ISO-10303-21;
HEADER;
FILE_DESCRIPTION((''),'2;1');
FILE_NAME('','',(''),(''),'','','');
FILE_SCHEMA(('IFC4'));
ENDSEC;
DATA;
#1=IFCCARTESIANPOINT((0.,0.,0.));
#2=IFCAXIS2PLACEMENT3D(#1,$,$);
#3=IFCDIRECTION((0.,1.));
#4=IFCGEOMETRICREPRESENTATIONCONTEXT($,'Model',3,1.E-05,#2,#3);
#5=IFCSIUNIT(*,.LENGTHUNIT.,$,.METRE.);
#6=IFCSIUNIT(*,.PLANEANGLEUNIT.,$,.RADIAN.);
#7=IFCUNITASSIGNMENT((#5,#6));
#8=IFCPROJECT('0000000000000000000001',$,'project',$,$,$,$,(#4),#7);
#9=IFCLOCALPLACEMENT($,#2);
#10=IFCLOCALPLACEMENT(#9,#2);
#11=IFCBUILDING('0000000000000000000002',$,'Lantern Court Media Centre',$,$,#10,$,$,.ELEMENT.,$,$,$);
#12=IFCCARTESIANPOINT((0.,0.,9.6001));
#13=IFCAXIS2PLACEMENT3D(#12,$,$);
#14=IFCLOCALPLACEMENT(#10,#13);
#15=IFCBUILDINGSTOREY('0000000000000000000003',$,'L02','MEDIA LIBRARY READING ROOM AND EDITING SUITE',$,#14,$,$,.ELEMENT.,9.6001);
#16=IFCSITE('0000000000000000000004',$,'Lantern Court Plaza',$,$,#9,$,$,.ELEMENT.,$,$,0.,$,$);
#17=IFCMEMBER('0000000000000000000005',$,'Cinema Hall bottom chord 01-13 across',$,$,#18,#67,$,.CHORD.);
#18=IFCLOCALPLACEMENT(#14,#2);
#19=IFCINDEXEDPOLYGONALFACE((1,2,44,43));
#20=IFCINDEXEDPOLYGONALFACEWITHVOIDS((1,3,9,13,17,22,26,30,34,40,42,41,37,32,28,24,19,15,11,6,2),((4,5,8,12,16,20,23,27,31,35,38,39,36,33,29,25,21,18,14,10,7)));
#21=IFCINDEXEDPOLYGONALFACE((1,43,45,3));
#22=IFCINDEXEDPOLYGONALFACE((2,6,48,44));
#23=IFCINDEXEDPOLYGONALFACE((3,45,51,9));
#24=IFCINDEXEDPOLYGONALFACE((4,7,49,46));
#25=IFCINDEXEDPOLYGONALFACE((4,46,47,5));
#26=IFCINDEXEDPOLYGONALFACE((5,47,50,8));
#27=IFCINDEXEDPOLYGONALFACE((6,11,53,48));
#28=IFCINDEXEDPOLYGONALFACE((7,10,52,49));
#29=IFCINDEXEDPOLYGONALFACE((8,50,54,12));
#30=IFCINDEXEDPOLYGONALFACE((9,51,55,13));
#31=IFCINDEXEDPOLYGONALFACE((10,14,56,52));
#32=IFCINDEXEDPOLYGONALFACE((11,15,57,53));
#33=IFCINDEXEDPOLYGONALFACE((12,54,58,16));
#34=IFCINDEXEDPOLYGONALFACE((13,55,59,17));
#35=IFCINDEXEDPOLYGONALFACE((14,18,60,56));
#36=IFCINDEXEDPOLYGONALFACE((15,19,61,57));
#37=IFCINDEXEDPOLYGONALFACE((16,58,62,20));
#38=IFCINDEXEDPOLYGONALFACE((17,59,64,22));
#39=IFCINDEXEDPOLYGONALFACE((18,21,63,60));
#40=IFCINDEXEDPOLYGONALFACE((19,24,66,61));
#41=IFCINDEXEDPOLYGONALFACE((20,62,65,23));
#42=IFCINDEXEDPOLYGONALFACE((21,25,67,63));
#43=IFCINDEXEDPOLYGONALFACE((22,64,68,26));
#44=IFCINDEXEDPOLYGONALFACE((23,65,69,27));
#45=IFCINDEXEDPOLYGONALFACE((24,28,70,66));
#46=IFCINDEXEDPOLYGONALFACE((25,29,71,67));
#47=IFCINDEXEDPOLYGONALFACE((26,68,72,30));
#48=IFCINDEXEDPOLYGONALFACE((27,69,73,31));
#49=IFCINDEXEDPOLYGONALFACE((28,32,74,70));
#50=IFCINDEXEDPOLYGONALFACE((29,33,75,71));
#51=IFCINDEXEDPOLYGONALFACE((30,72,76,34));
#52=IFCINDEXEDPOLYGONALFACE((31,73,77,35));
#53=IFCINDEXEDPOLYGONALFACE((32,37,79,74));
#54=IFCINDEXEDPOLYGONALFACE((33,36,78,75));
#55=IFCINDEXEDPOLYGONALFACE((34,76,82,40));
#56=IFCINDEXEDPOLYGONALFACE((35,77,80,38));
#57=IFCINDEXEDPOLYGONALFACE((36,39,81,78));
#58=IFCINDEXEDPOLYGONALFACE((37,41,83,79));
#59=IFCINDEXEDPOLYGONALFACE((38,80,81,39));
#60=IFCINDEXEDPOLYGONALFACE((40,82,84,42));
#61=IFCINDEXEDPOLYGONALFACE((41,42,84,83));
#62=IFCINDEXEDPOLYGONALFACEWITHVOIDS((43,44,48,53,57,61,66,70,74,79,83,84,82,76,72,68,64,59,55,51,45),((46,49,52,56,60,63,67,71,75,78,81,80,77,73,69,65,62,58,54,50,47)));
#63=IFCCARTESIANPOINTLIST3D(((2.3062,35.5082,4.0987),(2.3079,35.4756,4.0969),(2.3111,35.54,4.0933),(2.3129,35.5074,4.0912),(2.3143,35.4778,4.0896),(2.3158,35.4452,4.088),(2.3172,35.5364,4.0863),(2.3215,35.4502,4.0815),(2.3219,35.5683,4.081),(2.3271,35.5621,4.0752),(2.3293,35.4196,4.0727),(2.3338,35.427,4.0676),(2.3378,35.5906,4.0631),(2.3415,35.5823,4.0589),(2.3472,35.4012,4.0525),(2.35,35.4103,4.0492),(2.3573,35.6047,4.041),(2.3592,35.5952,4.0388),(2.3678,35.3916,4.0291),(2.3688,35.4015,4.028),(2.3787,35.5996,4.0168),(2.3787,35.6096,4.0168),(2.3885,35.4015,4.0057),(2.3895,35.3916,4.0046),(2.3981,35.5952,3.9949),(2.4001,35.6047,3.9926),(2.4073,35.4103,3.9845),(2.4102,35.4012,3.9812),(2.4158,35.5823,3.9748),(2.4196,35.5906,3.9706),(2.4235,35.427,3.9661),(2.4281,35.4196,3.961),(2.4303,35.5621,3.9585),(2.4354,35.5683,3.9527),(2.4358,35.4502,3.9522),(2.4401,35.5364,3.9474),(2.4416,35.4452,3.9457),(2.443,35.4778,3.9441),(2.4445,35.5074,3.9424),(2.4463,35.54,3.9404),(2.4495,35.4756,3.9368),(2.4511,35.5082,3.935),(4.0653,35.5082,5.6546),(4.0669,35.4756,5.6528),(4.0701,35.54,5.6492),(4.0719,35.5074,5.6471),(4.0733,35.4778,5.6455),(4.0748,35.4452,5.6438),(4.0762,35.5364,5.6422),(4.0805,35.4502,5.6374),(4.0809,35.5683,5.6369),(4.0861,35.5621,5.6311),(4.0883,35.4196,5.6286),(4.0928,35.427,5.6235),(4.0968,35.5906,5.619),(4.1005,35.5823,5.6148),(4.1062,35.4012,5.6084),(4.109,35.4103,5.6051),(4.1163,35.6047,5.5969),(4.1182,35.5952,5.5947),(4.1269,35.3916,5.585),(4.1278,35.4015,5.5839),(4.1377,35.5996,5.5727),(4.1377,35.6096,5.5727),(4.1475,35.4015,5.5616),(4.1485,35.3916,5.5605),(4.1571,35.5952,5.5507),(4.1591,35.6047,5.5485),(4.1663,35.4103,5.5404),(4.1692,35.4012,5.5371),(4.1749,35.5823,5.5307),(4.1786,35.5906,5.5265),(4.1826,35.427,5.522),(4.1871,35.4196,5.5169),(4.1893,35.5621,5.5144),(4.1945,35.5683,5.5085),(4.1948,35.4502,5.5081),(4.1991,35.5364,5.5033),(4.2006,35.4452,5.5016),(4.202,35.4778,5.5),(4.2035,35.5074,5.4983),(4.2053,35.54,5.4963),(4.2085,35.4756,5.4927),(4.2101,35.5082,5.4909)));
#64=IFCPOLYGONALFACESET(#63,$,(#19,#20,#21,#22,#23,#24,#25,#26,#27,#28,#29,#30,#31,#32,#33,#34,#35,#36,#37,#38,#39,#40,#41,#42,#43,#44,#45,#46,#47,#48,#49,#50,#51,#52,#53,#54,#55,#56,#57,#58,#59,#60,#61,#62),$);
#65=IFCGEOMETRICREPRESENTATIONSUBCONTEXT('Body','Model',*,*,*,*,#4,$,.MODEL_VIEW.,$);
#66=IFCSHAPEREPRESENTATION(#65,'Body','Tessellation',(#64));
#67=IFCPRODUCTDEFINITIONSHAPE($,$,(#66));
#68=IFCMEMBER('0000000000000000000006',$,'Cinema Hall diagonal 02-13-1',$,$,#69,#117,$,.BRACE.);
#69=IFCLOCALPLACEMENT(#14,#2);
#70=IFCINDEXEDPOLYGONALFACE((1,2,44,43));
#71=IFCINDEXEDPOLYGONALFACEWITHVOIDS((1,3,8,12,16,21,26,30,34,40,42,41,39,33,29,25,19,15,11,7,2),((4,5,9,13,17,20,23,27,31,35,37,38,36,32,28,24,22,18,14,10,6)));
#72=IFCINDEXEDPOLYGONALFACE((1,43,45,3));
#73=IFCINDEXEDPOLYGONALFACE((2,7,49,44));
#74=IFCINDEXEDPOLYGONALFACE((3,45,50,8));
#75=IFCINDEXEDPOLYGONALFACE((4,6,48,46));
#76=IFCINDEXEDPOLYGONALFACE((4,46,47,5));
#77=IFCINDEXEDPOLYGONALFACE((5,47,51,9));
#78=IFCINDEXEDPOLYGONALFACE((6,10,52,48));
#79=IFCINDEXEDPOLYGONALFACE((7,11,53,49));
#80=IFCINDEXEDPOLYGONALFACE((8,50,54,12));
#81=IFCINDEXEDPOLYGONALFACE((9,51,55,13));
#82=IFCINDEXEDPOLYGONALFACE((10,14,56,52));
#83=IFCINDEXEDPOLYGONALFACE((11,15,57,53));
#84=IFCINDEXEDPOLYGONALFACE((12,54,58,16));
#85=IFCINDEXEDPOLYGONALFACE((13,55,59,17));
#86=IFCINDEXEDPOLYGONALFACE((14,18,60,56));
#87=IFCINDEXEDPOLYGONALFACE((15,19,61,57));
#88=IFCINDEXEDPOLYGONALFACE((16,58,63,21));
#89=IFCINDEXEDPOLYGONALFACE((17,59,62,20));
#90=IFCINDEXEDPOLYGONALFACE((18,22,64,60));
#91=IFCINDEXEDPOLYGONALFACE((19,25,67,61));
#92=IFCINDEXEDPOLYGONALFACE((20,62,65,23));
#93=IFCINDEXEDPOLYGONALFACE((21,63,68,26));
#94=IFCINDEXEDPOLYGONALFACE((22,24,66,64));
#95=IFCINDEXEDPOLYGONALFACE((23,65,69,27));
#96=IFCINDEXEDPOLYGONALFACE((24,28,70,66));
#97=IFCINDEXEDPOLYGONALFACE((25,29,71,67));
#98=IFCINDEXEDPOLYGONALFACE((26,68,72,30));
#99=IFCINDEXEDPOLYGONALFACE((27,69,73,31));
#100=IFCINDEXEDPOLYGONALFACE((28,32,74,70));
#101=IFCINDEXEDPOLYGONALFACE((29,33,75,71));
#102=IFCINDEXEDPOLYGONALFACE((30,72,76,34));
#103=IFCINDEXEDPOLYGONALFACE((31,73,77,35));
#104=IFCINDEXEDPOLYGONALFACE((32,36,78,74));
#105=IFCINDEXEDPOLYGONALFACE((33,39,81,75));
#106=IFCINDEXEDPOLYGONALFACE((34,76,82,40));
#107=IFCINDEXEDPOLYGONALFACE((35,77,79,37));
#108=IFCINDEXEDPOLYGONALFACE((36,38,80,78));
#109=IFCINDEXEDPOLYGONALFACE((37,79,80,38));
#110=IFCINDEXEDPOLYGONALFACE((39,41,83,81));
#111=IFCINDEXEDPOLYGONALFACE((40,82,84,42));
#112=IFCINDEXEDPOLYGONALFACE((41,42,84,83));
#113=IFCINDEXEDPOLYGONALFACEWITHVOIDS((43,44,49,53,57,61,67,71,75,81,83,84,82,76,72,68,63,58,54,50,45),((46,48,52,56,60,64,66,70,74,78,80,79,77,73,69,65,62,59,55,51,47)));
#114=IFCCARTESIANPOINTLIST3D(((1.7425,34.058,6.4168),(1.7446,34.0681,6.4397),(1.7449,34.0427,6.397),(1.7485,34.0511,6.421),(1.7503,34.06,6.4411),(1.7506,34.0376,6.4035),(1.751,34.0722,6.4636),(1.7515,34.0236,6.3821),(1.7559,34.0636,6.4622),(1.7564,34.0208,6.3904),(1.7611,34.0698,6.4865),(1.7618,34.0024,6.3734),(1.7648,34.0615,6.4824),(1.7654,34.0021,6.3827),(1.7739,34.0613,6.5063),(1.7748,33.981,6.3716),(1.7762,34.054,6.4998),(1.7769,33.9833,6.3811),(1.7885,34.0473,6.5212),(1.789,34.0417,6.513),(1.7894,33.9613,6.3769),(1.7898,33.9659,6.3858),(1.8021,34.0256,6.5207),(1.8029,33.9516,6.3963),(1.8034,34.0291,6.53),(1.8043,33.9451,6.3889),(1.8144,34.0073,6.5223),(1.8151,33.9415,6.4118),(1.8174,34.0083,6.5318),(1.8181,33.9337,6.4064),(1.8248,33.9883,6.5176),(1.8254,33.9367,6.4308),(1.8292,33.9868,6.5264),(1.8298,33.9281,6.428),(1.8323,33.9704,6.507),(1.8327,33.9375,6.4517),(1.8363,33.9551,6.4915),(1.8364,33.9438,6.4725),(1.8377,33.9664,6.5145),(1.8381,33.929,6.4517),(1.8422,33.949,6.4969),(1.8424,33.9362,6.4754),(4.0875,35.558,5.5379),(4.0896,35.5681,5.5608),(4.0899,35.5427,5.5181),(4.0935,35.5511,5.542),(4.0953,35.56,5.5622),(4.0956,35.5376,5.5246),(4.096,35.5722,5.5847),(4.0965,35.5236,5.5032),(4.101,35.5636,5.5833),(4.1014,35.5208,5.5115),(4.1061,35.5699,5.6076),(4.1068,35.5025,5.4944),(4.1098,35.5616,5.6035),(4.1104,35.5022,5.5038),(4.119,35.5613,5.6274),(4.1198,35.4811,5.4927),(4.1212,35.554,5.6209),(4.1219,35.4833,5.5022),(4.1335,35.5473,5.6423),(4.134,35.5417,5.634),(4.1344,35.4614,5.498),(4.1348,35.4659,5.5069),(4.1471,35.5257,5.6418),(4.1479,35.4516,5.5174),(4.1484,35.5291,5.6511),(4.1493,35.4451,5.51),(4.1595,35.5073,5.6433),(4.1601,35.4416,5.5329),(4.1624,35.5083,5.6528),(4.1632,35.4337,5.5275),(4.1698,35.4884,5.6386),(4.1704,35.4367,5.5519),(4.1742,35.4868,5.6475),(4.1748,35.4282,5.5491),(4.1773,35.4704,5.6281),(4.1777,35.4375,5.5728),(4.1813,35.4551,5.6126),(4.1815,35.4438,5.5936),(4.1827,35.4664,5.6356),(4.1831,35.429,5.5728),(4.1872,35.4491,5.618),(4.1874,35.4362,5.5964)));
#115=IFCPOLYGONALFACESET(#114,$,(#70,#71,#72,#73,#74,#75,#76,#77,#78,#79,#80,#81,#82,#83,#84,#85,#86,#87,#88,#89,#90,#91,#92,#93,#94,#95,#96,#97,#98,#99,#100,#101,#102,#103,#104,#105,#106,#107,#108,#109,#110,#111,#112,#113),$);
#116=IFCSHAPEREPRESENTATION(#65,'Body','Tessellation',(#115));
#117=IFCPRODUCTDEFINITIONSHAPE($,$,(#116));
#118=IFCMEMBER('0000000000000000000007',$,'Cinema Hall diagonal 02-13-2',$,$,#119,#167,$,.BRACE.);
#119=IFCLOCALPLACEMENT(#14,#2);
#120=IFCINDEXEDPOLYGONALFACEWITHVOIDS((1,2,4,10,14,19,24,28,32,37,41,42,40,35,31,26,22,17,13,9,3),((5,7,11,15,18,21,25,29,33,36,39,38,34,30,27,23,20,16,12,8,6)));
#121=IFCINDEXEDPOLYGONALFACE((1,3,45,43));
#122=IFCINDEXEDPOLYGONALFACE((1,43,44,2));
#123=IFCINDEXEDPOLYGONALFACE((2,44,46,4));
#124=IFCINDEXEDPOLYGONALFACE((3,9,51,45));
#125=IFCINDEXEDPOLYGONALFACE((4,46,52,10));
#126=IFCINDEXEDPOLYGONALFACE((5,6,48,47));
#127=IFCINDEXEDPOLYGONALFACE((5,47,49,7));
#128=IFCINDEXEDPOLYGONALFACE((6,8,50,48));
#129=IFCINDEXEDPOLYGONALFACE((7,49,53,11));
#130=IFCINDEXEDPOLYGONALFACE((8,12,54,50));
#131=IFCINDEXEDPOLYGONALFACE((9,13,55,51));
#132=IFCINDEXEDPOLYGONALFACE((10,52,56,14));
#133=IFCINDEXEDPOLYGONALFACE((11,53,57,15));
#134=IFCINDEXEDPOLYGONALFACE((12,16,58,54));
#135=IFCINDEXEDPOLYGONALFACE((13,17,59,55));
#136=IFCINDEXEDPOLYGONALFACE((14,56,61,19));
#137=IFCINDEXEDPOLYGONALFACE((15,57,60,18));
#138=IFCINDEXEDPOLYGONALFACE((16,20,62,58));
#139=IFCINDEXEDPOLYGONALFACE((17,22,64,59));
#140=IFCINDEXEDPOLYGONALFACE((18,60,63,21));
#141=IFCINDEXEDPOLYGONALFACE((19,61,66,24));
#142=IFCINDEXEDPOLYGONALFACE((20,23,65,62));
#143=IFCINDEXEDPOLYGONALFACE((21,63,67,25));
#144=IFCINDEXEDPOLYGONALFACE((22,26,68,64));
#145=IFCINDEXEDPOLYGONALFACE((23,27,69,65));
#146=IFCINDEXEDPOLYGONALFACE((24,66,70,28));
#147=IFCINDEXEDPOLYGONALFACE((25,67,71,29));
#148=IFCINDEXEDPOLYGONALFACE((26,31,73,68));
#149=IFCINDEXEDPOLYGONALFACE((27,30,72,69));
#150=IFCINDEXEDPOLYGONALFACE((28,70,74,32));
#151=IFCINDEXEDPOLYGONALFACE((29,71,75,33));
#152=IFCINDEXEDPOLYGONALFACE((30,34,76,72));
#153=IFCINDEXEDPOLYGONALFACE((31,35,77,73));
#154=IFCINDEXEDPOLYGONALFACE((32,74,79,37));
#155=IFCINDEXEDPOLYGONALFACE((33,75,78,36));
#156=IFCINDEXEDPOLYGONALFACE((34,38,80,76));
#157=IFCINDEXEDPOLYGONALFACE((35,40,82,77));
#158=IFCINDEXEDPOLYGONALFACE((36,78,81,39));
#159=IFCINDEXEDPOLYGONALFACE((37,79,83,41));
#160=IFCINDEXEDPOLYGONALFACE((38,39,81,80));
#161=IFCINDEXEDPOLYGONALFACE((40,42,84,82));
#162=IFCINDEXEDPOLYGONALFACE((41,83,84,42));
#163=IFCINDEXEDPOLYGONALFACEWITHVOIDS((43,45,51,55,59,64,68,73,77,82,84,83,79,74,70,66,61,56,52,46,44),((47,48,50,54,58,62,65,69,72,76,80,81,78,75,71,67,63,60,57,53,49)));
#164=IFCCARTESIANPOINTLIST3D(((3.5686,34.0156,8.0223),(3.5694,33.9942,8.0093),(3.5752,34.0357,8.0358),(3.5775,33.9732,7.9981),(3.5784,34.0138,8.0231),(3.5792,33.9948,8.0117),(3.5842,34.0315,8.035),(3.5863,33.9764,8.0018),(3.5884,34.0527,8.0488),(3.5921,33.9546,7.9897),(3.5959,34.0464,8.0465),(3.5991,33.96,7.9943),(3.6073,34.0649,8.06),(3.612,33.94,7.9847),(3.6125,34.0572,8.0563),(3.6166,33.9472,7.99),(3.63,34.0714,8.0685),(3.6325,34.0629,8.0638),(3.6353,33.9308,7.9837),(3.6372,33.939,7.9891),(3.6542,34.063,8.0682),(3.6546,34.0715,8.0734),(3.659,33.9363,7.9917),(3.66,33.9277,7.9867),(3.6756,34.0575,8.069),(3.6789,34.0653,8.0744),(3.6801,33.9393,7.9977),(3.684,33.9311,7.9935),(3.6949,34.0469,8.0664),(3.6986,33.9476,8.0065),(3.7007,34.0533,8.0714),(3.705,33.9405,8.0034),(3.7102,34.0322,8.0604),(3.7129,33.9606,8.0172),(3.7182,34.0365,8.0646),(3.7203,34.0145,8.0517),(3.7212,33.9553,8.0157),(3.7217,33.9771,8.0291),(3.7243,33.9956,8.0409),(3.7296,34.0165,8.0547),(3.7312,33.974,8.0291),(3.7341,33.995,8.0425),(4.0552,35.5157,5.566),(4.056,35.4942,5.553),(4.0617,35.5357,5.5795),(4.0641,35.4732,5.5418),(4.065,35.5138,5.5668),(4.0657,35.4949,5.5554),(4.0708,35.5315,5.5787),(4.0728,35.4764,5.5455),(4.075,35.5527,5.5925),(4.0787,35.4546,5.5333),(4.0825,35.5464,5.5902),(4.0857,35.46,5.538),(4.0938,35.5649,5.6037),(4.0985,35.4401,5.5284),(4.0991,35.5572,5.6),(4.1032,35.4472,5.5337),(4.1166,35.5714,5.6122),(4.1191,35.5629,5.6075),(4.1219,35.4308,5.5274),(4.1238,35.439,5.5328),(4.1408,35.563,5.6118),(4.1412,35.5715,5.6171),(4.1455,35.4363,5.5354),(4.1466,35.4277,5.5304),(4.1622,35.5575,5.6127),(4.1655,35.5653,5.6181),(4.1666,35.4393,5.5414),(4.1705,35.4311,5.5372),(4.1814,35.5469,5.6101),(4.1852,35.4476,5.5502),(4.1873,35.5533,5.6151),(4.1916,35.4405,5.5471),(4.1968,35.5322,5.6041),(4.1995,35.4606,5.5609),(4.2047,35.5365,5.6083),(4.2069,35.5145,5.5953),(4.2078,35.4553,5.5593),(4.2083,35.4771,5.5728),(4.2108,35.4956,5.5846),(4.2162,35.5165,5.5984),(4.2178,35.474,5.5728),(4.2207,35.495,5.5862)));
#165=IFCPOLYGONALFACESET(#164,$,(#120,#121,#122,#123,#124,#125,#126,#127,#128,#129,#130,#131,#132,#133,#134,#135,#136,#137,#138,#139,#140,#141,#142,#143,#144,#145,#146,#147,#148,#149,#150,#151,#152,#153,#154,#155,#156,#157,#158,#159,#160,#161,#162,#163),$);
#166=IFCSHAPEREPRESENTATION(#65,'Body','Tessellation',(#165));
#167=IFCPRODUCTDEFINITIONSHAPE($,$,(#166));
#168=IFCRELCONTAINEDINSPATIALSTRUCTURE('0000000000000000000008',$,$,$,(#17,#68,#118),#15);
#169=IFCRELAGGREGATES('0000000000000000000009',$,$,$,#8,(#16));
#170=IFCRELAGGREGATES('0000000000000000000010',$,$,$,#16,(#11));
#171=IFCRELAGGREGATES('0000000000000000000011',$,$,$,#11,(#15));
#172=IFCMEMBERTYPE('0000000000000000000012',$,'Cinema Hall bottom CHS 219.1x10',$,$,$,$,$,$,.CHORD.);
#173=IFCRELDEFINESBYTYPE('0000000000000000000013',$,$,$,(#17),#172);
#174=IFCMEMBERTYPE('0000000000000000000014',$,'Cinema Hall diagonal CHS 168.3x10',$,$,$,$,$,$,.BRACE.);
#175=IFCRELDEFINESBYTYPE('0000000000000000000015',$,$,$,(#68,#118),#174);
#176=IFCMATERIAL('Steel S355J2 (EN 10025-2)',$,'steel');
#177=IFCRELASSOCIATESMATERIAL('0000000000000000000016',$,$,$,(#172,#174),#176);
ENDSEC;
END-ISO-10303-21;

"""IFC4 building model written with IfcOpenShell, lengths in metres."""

from ifc_helpers import new_model, si_unit, direction, frame, origin, origin_2d, place, context, subcontext, project, spatial, hollow_circle, extrude, material, material_profile, profile_set, type_object, element, save


model = new_model("IFC4")

# Units and contexts
model_context = context("Model", 3, precision=1e-05, world=origin(), true_north=direction((0.0, 1.0)))
body_context = subcontext(model_context, "Body", "Model", "MODEL_VIEW")
ifc_project = project(units=[si_unit("LENGTHUNIT", "METRE"), si_unit("PLANEANGLEUNIT", "RADIAN")], contexts=[model_context])

# Site, building, storey
site_placement = place(None, origin())
site = spatial("IfcSite", under=ifc_project, at=site_placement, Name="Lantern Court Plaza", CompositionType="ELEMENT", RefElevation=0.0)
building_placement = place(site_placement, origin())
building = spatial("IfcBuilding", under=site, at=building_placement, Name="Lantern Court Media Centre", CompositionType="ELEMENT")
storey_placement = place(building_placement, frame((0.0, 0.0, 9.6001)))
storey = spatial("IfcBuildingStorey", under=building, at=storey_placement, Name="L02", Description="MEDIA LIBRARY READING ROOM AND EDITING SUITE", CompositionType="ELEMENT", Elevation=9.6001)

# Members
ifc_material_1 = material(Name="Steel S355J2 (EN 10025-2)", Category="steel")
ifc_material_profile_1 = material_profile(ifc_material_1, hollow_circle(Radius=0.1096, WallThickness=0.01, at=origin_2d()), Name="Cinema Hall bottom CHS 219.1x10")
ifc_profile_set_1 = profile_set([ifc_material_profile_1], Name="Steel S355J2 (EN 10025-2)")
member_type_1 = type_object("IfcMemberType", Name="Cinema Hall bottom CHS 219.1x10", PredefinedType="CHORD", material=ifc_profile_set_1)
member_1_placement = place(storey_placement, frame((2.3787, 35.5, 4.0168), z_axis=(0.74903, 0.0, 0.662536), x_axis=(0.0, 1.0, 0.0)))
element("IfcMember", 1, at=member_1_placement, inside=storey, type_object=member_type_1, Name="Cinema Hall bottom chord 01-13 across", PredefinedType="CHORD", context=body_context, shape_type="SweptSolid", body=[
    extrude(hollow_circle(Radius=0.1096, WallThickness=0.01, at=origin_2d()), origin(), (0.0, 0.0, 1.0), 2.3484),
])
ifc_material_profile_2 = material_profile(ifc_material_1, hollow_circle(Radius=0.0842, WallThickness=0.01, at=origin_2d()), Name="Cinema Hall diagonal CHS 168.3x10")
ifc_profile_set_2 = profile_set([ifc_material_profile_2], Name="Steel S355J2 (EN 10025-2)")
member_type_2 = type_object("IfcMemberType", Name="Cinema Hall diagonal CHS 168.3x10", PredefinedType="BRACE", material=ifc_profile_set_2)
member_2_placement = place(storey_placement, frame((4.1377, 35.5, 5.5728), z_axis=(-0.803309, -0.51385, 0.301084), x_axis=(0.538855, -0.842399, 0.0)))
element("IfcMember", 2, at=member_2_placement, inside=storey, type_object=member_type_2, Name="Cinema Hall diagonal 02-13-1", PredefinedType="BRACE", context=body_context, shape_type="SweptSolid", body=[
    extrude(hollow_circle(Radius=0.0842, WallThickness=0.01, at=origin_2d()), origin(), (0.0, 0.0, 1.0), 2.9192),
])
for number, where, z_axis, x_axis, name in (
    (3, (4.1377, 35.5, 5.5728), (-0.166695, -0.513887, 0.841506), (0.951207, -0.308554, 0.0), "Cinema Hall diagonal 02-13-2"),
):
    element("IfcMember", number, at=place(storey_placement, frame(where, z_axis=z_axis, x_axis=x_axis)), inside=storey, type_object=member_type_2, Name=name, PredefinedType="BRACE", context=body_context, shape_type="SweptSolid", body=[
        extrude(hollow_circle(Radius=0.0842, WallThickness=0.01, at=origin_2d()), origin(), (0.0, 0.0, 1.0), 2.9189),
    ])

save(model, "model.ifc")
